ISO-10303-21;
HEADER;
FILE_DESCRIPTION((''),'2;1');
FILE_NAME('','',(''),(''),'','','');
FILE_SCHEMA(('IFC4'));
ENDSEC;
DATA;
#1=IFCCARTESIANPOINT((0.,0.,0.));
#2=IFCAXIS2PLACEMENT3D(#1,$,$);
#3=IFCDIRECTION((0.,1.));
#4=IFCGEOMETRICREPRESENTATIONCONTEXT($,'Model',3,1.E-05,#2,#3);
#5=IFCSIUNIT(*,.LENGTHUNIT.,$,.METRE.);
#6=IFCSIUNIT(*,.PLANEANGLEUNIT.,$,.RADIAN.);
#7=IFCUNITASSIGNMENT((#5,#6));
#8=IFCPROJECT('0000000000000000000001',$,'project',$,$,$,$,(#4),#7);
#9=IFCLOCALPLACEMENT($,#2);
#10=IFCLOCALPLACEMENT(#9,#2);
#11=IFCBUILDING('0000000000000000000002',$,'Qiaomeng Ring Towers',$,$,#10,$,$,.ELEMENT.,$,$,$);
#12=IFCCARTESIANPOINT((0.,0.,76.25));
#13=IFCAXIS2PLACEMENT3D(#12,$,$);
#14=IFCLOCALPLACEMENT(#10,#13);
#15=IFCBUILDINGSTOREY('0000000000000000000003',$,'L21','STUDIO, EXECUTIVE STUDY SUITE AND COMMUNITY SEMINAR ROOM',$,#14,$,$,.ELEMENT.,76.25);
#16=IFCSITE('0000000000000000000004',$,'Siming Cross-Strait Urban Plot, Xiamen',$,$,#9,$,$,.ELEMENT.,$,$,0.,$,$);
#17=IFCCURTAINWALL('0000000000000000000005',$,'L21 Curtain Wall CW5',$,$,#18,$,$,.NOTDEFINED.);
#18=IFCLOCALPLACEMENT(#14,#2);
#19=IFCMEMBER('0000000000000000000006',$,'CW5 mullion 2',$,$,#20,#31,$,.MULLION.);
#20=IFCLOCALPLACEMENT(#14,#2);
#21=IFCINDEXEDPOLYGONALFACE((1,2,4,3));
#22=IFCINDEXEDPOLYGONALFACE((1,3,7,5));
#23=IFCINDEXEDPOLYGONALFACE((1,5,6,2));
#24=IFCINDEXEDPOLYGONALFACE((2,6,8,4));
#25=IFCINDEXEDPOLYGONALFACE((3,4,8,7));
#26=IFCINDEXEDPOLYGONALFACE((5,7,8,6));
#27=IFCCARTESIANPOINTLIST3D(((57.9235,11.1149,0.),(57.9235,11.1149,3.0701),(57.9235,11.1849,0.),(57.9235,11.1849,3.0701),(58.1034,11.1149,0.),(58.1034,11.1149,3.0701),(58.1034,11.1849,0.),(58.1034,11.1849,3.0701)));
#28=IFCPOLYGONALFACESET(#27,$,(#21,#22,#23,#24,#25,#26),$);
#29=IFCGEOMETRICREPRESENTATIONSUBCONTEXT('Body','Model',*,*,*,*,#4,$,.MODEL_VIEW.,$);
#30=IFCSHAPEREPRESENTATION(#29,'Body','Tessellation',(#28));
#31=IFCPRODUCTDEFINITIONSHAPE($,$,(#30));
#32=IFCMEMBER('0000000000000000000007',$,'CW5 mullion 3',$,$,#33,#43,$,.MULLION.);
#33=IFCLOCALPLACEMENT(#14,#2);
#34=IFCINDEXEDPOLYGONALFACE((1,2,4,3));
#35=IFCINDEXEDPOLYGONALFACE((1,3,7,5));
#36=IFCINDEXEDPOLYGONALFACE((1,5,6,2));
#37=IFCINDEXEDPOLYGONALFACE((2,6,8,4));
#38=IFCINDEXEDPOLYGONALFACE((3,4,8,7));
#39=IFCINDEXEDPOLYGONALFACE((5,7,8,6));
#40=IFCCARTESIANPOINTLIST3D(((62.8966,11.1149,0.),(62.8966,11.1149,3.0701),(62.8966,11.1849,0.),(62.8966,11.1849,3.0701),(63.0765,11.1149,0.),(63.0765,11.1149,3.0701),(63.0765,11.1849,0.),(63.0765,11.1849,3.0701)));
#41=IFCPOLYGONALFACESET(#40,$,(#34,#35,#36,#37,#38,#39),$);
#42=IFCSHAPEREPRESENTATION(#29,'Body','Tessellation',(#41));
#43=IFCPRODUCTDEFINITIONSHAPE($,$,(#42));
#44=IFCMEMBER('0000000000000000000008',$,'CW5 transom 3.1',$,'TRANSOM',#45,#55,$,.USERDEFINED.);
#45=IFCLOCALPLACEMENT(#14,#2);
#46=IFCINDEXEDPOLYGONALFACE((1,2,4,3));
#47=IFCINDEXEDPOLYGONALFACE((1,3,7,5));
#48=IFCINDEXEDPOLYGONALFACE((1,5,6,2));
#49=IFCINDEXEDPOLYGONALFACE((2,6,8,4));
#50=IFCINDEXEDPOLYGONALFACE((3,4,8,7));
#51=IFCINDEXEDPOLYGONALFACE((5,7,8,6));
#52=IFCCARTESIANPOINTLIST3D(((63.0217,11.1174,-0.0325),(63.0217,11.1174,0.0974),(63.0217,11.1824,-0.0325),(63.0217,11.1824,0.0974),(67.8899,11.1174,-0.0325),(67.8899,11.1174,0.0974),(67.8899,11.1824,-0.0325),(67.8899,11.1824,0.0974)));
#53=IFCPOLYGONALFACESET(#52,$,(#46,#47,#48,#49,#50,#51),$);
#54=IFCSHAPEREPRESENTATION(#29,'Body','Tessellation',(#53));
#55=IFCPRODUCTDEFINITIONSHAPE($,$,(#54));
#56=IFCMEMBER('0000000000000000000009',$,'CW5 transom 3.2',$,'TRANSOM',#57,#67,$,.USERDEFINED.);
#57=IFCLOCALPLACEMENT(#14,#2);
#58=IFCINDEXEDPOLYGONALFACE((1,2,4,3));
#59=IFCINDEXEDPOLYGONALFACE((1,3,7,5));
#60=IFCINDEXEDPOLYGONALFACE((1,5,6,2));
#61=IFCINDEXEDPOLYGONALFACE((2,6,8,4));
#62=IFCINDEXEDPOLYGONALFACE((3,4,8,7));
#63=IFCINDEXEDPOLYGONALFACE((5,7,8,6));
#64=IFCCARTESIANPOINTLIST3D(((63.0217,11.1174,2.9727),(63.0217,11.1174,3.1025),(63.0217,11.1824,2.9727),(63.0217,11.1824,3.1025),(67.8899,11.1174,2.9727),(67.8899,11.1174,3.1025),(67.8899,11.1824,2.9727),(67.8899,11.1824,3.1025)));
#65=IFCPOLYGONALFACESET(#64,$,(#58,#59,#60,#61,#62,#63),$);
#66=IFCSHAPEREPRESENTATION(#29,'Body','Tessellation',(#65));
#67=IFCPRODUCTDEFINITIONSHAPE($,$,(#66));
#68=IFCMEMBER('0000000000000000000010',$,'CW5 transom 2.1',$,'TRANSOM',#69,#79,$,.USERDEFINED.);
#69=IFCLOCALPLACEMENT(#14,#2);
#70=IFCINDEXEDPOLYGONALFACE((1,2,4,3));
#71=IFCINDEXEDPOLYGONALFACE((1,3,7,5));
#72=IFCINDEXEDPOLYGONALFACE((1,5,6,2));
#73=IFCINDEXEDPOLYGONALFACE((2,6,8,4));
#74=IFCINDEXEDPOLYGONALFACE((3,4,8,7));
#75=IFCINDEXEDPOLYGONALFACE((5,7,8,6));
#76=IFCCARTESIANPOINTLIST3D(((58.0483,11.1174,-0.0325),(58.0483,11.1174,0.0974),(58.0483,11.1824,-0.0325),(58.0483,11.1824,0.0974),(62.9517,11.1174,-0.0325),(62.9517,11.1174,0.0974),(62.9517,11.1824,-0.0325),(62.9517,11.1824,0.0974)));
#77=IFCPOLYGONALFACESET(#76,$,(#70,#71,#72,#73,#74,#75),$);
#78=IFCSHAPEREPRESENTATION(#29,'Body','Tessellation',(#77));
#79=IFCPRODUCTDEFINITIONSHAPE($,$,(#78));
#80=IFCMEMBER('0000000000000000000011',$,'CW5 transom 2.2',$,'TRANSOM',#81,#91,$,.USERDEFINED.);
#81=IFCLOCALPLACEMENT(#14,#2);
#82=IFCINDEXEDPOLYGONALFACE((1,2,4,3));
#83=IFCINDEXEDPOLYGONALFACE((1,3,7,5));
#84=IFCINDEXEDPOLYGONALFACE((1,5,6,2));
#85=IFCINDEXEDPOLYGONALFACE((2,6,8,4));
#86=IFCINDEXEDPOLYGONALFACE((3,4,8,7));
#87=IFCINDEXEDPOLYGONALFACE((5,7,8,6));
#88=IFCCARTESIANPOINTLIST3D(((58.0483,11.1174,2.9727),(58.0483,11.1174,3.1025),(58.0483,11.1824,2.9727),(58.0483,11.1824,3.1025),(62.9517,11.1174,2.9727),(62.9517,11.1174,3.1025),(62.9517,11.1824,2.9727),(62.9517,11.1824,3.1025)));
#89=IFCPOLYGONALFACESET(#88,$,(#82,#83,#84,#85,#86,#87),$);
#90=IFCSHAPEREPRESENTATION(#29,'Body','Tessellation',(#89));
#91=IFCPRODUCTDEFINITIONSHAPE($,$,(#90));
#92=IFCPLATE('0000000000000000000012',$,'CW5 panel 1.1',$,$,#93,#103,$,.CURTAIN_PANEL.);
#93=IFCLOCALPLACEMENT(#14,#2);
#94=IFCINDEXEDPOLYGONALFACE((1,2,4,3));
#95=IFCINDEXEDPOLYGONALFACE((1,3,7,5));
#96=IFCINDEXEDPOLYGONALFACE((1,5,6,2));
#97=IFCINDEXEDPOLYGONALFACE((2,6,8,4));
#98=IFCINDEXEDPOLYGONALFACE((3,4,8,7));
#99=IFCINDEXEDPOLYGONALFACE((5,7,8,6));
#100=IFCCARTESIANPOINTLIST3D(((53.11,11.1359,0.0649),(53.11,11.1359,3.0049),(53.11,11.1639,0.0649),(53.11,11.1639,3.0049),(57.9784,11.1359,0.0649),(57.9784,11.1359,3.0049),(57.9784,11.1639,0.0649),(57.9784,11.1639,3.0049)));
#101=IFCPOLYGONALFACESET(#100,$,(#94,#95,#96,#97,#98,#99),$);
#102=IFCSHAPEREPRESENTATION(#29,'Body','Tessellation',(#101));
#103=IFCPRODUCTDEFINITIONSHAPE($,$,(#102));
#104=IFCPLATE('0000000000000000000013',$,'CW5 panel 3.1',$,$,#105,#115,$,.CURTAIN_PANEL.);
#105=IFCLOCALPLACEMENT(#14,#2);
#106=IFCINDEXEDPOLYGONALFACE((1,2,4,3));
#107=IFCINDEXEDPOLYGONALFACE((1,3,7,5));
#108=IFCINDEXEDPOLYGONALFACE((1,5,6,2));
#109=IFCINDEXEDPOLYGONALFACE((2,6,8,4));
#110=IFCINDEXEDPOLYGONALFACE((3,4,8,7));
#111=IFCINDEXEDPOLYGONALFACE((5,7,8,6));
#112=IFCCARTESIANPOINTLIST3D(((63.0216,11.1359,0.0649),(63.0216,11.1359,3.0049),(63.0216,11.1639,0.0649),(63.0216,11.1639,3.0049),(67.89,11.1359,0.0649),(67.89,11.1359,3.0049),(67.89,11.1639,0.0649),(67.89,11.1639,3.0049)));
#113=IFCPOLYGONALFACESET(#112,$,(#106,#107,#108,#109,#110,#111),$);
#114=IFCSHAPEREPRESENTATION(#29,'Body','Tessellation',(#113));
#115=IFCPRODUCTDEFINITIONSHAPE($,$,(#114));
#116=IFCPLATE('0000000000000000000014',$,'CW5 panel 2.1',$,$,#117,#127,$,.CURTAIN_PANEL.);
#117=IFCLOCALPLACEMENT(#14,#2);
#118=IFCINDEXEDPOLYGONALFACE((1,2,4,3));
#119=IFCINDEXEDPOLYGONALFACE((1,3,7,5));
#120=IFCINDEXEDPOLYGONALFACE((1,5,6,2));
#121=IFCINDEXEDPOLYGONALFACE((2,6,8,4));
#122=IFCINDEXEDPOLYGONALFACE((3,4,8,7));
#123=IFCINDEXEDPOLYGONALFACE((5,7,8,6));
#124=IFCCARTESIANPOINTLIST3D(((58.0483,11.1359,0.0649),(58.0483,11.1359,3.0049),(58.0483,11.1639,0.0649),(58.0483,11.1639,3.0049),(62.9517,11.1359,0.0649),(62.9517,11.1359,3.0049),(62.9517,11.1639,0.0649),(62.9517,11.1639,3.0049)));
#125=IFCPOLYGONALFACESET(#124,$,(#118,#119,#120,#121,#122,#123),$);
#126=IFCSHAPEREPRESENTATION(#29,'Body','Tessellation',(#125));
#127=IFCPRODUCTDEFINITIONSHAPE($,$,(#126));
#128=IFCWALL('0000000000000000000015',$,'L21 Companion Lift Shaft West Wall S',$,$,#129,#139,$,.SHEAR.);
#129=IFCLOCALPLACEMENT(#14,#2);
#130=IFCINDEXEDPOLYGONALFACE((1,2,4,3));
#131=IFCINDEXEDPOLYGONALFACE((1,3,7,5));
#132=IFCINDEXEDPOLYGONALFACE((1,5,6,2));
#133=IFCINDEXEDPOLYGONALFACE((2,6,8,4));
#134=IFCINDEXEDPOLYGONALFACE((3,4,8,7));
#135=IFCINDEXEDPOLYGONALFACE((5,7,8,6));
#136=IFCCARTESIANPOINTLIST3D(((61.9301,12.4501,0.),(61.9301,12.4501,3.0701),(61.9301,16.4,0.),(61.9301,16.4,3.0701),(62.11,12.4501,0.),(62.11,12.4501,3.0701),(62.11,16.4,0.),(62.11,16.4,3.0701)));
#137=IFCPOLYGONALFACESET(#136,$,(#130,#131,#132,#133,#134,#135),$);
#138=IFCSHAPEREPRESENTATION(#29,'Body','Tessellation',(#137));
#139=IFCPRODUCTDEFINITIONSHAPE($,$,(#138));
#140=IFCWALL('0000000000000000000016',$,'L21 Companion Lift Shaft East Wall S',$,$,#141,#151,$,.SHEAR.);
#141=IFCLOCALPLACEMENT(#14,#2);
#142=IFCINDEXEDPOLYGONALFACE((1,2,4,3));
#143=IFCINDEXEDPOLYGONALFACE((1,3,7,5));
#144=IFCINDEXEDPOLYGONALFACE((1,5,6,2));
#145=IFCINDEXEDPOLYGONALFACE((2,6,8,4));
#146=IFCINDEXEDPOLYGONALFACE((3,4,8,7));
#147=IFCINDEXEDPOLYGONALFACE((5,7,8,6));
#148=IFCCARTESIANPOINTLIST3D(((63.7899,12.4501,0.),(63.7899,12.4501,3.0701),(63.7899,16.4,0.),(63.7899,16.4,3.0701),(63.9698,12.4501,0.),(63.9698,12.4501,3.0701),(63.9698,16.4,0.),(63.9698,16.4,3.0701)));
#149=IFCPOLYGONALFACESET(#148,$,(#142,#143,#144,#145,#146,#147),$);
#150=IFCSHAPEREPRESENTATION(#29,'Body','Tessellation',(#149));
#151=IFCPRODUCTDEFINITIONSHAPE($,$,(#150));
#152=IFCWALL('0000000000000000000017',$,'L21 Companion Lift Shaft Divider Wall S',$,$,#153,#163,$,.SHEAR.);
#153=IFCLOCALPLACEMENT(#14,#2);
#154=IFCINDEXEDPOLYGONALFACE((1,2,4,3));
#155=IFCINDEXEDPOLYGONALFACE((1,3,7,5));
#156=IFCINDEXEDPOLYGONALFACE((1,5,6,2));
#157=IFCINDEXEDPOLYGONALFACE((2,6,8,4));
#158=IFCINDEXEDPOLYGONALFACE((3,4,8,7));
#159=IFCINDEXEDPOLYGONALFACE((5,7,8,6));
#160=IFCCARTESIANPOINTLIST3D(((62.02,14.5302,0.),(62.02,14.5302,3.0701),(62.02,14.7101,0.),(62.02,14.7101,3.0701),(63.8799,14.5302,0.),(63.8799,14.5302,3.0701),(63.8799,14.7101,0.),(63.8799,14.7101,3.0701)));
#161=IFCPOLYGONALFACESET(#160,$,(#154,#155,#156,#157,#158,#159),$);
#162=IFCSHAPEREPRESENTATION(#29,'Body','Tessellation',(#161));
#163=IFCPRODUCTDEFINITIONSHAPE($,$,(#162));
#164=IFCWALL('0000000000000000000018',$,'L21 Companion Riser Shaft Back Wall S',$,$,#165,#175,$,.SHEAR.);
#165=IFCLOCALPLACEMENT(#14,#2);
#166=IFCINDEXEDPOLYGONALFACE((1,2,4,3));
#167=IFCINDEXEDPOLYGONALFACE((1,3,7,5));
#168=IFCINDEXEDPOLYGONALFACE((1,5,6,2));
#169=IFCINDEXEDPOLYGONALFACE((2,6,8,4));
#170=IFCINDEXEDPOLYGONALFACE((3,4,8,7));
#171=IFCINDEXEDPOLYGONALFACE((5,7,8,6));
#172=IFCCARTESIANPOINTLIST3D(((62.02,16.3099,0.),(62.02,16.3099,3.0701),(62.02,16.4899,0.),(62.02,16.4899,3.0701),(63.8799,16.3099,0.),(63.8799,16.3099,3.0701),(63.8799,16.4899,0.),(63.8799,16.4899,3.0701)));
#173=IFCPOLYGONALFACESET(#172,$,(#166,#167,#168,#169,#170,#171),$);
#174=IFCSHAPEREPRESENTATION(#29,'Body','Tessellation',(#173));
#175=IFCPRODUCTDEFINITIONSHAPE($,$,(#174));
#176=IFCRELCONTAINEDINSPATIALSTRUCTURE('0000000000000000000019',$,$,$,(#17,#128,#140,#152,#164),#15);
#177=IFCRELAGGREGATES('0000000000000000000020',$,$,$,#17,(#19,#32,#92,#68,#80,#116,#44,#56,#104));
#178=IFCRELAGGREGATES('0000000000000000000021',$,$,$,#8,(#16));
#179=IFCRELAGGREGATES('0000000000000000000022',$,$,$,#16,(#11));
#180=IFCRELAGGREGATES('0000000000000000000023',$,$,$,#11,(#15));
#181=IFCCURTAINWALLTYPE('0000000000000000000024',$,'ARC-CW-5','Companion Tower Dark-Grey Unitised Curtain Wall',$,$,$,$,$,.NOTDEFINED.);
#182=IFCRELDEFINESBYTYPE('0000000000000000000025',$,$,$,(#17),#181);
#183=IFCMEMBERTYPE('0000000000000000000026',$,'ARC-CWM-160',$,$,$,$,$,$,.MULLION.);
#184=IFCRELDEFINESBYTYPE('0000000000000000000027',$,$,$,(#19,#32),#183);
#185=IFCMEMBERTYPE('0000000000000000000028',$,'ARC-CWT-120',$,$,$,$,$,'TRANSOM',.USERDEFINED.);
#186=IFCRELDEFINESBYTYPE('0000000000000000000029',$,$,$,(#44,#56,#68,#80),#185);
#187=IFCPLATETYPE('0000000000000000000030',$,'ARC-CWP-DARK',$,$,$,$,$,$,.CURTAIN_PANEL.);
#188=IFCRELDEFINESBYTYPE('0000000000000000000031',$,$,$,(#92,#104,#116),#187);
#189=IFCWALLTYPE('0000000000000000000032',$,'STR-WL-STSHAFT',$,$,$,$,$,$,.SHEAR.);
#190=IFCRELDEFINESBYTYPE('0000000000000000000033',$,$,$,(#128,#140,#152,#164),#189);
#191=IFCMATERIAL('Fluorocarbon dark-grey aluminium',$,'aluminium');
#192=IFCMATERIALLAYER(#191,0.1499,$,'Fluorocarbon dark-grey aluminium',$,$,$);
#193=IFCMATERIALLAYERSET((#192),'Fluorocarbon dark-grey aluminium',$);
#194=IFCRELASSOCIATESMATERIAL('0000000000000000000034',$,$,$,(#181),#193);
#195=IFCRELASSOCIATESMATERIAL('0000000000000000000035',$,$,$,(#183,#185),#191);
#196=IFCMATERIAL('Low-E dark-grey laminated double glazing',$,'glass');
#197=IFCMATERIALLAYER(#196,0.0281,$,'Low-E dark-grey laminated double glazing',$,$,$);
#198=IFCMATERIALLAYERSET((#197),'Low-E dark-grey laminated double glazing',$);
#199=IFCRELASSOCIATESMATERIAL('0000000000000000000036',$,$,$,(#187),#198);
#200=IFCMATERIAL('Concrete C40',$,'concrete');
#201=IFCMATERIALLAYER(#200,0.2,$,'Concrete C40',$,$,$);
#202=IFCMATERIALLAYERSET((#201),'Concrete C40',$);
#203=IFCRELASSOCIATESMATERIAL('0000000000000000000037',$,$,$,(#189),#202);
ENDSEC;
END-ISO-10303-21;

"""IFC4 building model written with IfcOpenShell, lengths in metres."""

from ifc_helpers import new_model, si_unit, direction, frame, frame_2d, origin, origin_2d, place, context, subcontext, project, spatial, rectangle, extrude, source, transform, mapped, material, layer, layer_set, material_profile, profile_set, type_object, element, aggregate, save


model = new_model("IFC4")

# Units and contexts
model_context = context("Model", 3, precision=1e-05, world=origin(), true_north=direction((0.0, 1.0)))
body_context = subcontext(model_context, "Body", "Model", "MODEL_VIEW")
ifc_project = project(units=[si_unit("LENGTHUNIT", "METRE"), si_unit("PLANEANGLEUNIT", "RADIAN")], contexts=[model_context])

# Site, building, storey
site_placement = place(None, origin())
site = spatial("IfcSite", under=ifc_project, at=site_placement, Name="Siming Cross-Strait Urban Plot, Xiamen", CompositionType="ELEMENT", RefElevation=0.0)
building_placement = place(site_placement, origin())
building = spatial("IfcBuilding", under=site, at=building_placement, Name="Qiaomeng Ring Towers", CompositionType="ELEMENT")
storey_placement = place(building_placement, frame((0.0, 0.0, 76.25)))
storey = spatial("IfcBuildingStorey", under=building, at=storey_placement, Name="L21", Description="STUDIO, EXECUTIVE STUDY SUITE AND COMMUNITY SEMINAR ROOM", CompositionType="ELEMENT", Elevation=76.25)

# Curtain wall, members, plates
ifc_material_1 = material(Name="Fluorocarbon dark-grey aluminium", Category="aluminium")
ifc_layer_1 = layer(ifc_material_1, 0.1499, Name="Fluorocarbon dark-grey aluminium")
ifc_layer_set_1 = layer_set([ifc_layer_1], Name="Fluorocarbon dark-grey aluminium")
curtain_wall_type = type_object("IfcCurtainWallType", Name="ARC-CW-5", Description="Companion Tower Dark-Grey Unitised Curtain Wall", PredefinedType="NOTDEFINED", material=ifc_layer_set_1)
curtain_wall_placement = place(storey_placement, origin())
curtain_wall = element("IfcCurtainWall", 1, at=curtain_wall_placement, inside=storey, type_object=curtain_wall_type, Name="L21 Curtain Wall CW5", PredefinedType="NOTDEFINED")
ifc_material_profile_1 = material_profile(ifc_material_1, rectangle(XDim=0.0701, YDim=0.1799, at=origin_2d()), Name="ALU MULL 70x180")
ifc_profile_set_1 = profile_set([ifc_material_profile_1], Name="Fluorocarbon dark-grey aluminium")
member_type_1 = type_object("IfcMemberType", Name="ARC-CWM-160", PredefinedType="MULLION", material=ifc_profile_set_1)
shared_shape_1 = source(origin(), body_context, "Body", "SweptSolid", [
    extrude(rectangle(XDim=0.0701, YDim=0.1799, at=origin_2d()), origin(), (0.0, 0.0, 1.0), 3.0701),
])
member_1_placement = place(storey_placement, frame((58.0134, 11.1499, 0.0), z_axis=(0.0, 0.0, 1.0), x_axis=(0.0, 1.0, 0.0)))
member_1 = element("IfcMember", 2, at=member_1_placement, type_object=member_type_1, Name="CW5 mullion 2", PredefinedType="MULLION", context=body_context, shape_type="MappedRepresentation", body=[
    mapped(shared_shape_1, transform((0.0, 0.0, 0.0), x_axis=(1.0, 0.0, 0.0), y_axis=(0.0, 1.0, 0.0), z_axis=(0.0, 0.0, 1.0), scale=1.0)),
])
member_2_placement = place(storey_placement, frame((62.9866, 11.1499, 0.0), z_axis=(0.0, 0.0, 1.0), x_axis=(0.0, 1.0, 0.0)))
member_2 = element("IfcMember", 3, at=member_2_placement, type_object=member_type_1, Name="CW5 mullion 3", PredefinedType="MULLION", context=body_context, shape_type="MappedRepresentation", body=[
    mapped(shared_shape_1, transform((0.0, 0.0, 0.0), x_axis=(1.0, 0.0, 0.0), y_axis=(0.0, 1.0, 0.0), z_axis=(0.0, 0.0, 1.0), scale=1.0)),
])
ifc_material_profile_2 = material_profile(ifc_material_1, rectangle(XDim=0.0649, YDim=0.1299, at=origin_2d()), Name="ALU TRAN 65x130")
ifc_profile_set_2 = profile_set([ifc_material_profile_2], Name="Fluorocarbon dark-grey aluminium")
member_type_2 = type_object("IfcMemberType", Name="ARC-CWT-120", ElementType="TRANSOM", PredefinedType="USERDEFINED", material=ifc_profile_set_2)
shared_shape_2 = source(origin(), body_context, "Body", "SweptSolid", [
    extrude(rectangle(XDim=0.0649, YDim=0.1299, at=origin_2d()), origin(), (0.0, 0.0, 1.0), 4.8682),
])
member_3_placement = place(storey_placement, frame((63.0217, 11.1499, 0.0325), z_axis=(1.0, 0.0, 0.0), x_axis=(0.0, 1.0, 0.0)))
member_3 = element("IfcMember", 4, at=member_3_placement, type_object=member_type_2, Name="CW5 transom 3.1", ObjectType="TRANSOM", PredefinedType="USERDEFINED", context=body_context, shape_type="MappedRepresentation", body=[
    mapped(shared_shape_2, transform((0.0, 0.0, 0.0), x_axis=(1.0, 0.0, 0.0), y_axis=(0.0, 1.0, 0.0), z_axis=(0.0, 0.0, 1.0), scale=1.0)),
])
member_4_placement = place(storey_placement, frame((63.0217, 11.1499, 3.0376), z_axis=(1.0, 0.0, 0.0), x_axis=(0.0, 1.0, 0.0)))
member_4 = element("IfcMember", 5, at=member_4_placement, type_object=member_type_2, Name="CW5 transom 3.2", ObjectType="TRANSOM", PredefinedType="USERDEFINED", context=body_context, shape_type="MappedRepresentation", body=[
    mapped(shared_shape_2, transform((0.0, 0.0, 0.0), x_axis=(1.0, 0.0, 0.0), y_axis=(0.0, 1.0, 0.0), z_axis=(0.0, 0.0, 1.0), scale=1.0)),
])
shared_shape_3 = source(origin(), body_context, "Body", "SweptSolid", [
    extrude(rectangle(XDim=0.0649, YDim=0.1299, at=origin_2d()), origin(), (0.0, 0.0, 1.0), 4.9033),
])
member_5_placement = place(storey_placement, frame((58.0483, 11.1499, 0.0325), z_axis=(1.0, 0.0, 0.0), x_axis=(0.0, 1.0, 0.0)))
member_5 = element("IfcMember", 6, at=member_5_placement, type_object=member_type_2, Name="CW5 transom 2.1", ObjectType="TRANSOM", PredefinedType="USERDEFINED", context=body_context, shape_type="MappedRepresentation", body=[
    mapped(shared_shape_3, transform((0.0, 0.0, 0.0), x_axis=(1.0, 0.0, 0.0), y_axis=(0.0, 1.0, 0.0), z_axis=(0.0, 0.0, 1.0), scale=1.0)),
])
member_6_placement = place(storey_placement, frame((58.0483, 11.1499, 3.0376), z_axis=(1.0, 0.0, 0.0), x_axis=(0.0, 1.0, 0.0)))
member_6 = element("IfcMember", 7, at=member_6_placement, type_object=member_type_2, Name="CW5 transom 2.2", ObjectType="TRANSOM", PredefinedType="USERDEFINED", context=body_context, shape_type="MappedRepresentation", body=[
    mapped(shared_shape_3, transform((0.0, 0.0, 0.0), x_axis=(1.0, 0.0, 0.0), y_axis=(0.0, 1.0, 0.0), z_axis=(0.0, 0.0, 1.0), scale=1.0)),
])
ifc_material_2 = material(Name="Low-E dark-grey laminated double glazing", Category="glass")
ifc_layer_2 = layer(ifc_material_2, 0.0281, Name="Low-E dark-grey laminated double glazing")
ifc_layer_set_2 = layer_set([ifc_layer_2], Name="Low-E dark-grey laminated double glazing")
plate_type = type_object("IfcPlateType", Name="ARC-CWP-DARK", PredefinedType="CURTAIN_PANEL", material=ifc_layer_set_2)
shared_shape_4 = source(origin(), body_context, "Body", "SweptSolid", [
    extrude(rectangle(XDim=4.8684, YDim=0.0281, at=origin_2d()), origin(), (0.0, 0.0, 1.0), 2.9399),
])
plate_1_placement = place(storey_placement, frame((55.5442, 11.1499, 0.0649), z_axis=(0.0, 0.0, 1.0), x_axis=(1.0, 0.0, 0.0)))
plate_1 = element("IfcPlate", 8, at=plate_1_placement, type_object=plate_type, Name="CW5 panel 1.1", PredefinedType="CURTAIN_PANEL", context=body_context, shape_type="MappedRepresentation", body=[
    mapped(shared_shape_4, transform((0.0, 0.0, 0.0), x_axis=(1.0, 0.0, 0.0), y_axis=(0.0, 1.0, 0.0), z_axis=(0.0, 0.0, 1.0), scale=1.0)),
])
plate_2_placement = place(storey_placement, frame((65.4558, 11.1499, 0.0649), z_axis=(0.0, 0.0, 1.0), x_axis=(1.0, 0.0, 0.0)))
plate_2 = element("IfcPlate", 9, at=plate_2_placement, type_object=plate_type, Name="CW5 panel 3.1", PredefinedType="CURTAIN_PANEL", context=body_context, shape_type="MappedRepresentation", body=[
    mapped(shared_shape_4, transform((0.0, 0.0, 0.0), x_axis=(1.0, 0.0, 0.0), y_axis=(0.0, 1.0, 0.0), z_axis=(0.0, 0.0, 1.0), scale=1.0)),
])
shared_shape_5 = source(origin(), body_context, "Body", "SweptSolid", [
    extrude(rectangle(XDim=4.9033, YDim=0.0281, at=origin_2d()), origin(), (0.0, 0.0, 1.0), 2.9399),
])
plate_3_placement = place(storey_placement, frame((60.5, 11.1499, 0.0649), z_axis=(0.0, 0.0, 1.0), x_axis=(1.0, 0.0, 0.0)))
plate_3 = element("IfcPlate", 10, at=plate_3_placement, type_object=plate_type, Name="CW5 panel 2.1", PredefinedType="CURTAIN_PANEL", context=body_context, shape_type="MappedRepresentation", body=[
    mapped(shared_shape_5, transform((0.0, 0.0, 0.0), x_axis=(1.0, 0.0, 0.0), y_axis=(0.0, 1.0, 0.0), z_axis=(0.0, 0.0, 1.0), scale=1.0)),
])
aggregate(curtain_wall, [member_1, member_2, plate_1, member_5, member_6, plate_3, member_3, member_4, plate_2])

# Walls
ifc_material_3 = material(Name="Concrete C40", Category="concrete")
ifc_layer_3 = layer(ifc_material_3, 0.2, Name="Concrete C40")
ifc_layer_set_3 = layer_set([ifc_layer_3], Name="Concrete C40")
wall_type_1 = type_object("IfcWallType", Name="STR-WL-STSHAFT", PredefinedType="SHEAR", material=ifc_layer_set_3)
for number, where, z_axis, x_axis, name in (
    (11, (62.02, 12.45, 0.0), (0.0, 0.0, 1.0), (0.0, 1.0, 0.0), "L21 Companion Lift Shaft West Wall S"),
    (12, (63.8799, 12.45, 0.0), (0.0, 0.0, 1.0), (0.0, 1.0, 0.0), "L21 Companion Lift Shaft East Wall S"),
):
    element("IfcWall", number, at=place(storey_placement, frame(where, z_axis=z_axis, x_axis=x_axis)), inside=storey, type_object=wall_type_1, Name=name, PredefinedType="SHEAR", context=body_context, shape_type="SweptSolid", body=[
        extrude(rectangle(XDim=3.95, YDim=0.1799, at=frame_2d((1.9751, 0.0))), origin(), (0.0, 0.0, 1.0), 3.0701),
    ])
for number, where, z_axis, x_axis, name in (
    (13, (62.02, 14.6201, 0.0), (0.0, 0.0, 1.0), (1.0, 0.0, 0.0), "L21 Companion Lift Shaft Divider Wall S"),
    (14, (62.02, 16.3999, 0.0), (0.0, 0.0, 1.0), (1.0, 0.0, 0.0), "L21 Companion Riser Shaft Back Wall S"),
):
    element("IfcWall", number, at=place(storey_placement, frame(where, z_axis=z_axis, x_axis=x_axis)), inside=storey, type_object=wall_type_1, Name=name, PredefinedType="SHEAR", context=body_context, shape_type="SweptSolid", body=[
        extrude(rectangle(XDim=1.8599, YDim=0.1799, at=frame_2d((0.9299, 0.0))), origin(), (0.0, 0.0, 1.0), 3.0701),
    ])

save(model, "model.ifc")
